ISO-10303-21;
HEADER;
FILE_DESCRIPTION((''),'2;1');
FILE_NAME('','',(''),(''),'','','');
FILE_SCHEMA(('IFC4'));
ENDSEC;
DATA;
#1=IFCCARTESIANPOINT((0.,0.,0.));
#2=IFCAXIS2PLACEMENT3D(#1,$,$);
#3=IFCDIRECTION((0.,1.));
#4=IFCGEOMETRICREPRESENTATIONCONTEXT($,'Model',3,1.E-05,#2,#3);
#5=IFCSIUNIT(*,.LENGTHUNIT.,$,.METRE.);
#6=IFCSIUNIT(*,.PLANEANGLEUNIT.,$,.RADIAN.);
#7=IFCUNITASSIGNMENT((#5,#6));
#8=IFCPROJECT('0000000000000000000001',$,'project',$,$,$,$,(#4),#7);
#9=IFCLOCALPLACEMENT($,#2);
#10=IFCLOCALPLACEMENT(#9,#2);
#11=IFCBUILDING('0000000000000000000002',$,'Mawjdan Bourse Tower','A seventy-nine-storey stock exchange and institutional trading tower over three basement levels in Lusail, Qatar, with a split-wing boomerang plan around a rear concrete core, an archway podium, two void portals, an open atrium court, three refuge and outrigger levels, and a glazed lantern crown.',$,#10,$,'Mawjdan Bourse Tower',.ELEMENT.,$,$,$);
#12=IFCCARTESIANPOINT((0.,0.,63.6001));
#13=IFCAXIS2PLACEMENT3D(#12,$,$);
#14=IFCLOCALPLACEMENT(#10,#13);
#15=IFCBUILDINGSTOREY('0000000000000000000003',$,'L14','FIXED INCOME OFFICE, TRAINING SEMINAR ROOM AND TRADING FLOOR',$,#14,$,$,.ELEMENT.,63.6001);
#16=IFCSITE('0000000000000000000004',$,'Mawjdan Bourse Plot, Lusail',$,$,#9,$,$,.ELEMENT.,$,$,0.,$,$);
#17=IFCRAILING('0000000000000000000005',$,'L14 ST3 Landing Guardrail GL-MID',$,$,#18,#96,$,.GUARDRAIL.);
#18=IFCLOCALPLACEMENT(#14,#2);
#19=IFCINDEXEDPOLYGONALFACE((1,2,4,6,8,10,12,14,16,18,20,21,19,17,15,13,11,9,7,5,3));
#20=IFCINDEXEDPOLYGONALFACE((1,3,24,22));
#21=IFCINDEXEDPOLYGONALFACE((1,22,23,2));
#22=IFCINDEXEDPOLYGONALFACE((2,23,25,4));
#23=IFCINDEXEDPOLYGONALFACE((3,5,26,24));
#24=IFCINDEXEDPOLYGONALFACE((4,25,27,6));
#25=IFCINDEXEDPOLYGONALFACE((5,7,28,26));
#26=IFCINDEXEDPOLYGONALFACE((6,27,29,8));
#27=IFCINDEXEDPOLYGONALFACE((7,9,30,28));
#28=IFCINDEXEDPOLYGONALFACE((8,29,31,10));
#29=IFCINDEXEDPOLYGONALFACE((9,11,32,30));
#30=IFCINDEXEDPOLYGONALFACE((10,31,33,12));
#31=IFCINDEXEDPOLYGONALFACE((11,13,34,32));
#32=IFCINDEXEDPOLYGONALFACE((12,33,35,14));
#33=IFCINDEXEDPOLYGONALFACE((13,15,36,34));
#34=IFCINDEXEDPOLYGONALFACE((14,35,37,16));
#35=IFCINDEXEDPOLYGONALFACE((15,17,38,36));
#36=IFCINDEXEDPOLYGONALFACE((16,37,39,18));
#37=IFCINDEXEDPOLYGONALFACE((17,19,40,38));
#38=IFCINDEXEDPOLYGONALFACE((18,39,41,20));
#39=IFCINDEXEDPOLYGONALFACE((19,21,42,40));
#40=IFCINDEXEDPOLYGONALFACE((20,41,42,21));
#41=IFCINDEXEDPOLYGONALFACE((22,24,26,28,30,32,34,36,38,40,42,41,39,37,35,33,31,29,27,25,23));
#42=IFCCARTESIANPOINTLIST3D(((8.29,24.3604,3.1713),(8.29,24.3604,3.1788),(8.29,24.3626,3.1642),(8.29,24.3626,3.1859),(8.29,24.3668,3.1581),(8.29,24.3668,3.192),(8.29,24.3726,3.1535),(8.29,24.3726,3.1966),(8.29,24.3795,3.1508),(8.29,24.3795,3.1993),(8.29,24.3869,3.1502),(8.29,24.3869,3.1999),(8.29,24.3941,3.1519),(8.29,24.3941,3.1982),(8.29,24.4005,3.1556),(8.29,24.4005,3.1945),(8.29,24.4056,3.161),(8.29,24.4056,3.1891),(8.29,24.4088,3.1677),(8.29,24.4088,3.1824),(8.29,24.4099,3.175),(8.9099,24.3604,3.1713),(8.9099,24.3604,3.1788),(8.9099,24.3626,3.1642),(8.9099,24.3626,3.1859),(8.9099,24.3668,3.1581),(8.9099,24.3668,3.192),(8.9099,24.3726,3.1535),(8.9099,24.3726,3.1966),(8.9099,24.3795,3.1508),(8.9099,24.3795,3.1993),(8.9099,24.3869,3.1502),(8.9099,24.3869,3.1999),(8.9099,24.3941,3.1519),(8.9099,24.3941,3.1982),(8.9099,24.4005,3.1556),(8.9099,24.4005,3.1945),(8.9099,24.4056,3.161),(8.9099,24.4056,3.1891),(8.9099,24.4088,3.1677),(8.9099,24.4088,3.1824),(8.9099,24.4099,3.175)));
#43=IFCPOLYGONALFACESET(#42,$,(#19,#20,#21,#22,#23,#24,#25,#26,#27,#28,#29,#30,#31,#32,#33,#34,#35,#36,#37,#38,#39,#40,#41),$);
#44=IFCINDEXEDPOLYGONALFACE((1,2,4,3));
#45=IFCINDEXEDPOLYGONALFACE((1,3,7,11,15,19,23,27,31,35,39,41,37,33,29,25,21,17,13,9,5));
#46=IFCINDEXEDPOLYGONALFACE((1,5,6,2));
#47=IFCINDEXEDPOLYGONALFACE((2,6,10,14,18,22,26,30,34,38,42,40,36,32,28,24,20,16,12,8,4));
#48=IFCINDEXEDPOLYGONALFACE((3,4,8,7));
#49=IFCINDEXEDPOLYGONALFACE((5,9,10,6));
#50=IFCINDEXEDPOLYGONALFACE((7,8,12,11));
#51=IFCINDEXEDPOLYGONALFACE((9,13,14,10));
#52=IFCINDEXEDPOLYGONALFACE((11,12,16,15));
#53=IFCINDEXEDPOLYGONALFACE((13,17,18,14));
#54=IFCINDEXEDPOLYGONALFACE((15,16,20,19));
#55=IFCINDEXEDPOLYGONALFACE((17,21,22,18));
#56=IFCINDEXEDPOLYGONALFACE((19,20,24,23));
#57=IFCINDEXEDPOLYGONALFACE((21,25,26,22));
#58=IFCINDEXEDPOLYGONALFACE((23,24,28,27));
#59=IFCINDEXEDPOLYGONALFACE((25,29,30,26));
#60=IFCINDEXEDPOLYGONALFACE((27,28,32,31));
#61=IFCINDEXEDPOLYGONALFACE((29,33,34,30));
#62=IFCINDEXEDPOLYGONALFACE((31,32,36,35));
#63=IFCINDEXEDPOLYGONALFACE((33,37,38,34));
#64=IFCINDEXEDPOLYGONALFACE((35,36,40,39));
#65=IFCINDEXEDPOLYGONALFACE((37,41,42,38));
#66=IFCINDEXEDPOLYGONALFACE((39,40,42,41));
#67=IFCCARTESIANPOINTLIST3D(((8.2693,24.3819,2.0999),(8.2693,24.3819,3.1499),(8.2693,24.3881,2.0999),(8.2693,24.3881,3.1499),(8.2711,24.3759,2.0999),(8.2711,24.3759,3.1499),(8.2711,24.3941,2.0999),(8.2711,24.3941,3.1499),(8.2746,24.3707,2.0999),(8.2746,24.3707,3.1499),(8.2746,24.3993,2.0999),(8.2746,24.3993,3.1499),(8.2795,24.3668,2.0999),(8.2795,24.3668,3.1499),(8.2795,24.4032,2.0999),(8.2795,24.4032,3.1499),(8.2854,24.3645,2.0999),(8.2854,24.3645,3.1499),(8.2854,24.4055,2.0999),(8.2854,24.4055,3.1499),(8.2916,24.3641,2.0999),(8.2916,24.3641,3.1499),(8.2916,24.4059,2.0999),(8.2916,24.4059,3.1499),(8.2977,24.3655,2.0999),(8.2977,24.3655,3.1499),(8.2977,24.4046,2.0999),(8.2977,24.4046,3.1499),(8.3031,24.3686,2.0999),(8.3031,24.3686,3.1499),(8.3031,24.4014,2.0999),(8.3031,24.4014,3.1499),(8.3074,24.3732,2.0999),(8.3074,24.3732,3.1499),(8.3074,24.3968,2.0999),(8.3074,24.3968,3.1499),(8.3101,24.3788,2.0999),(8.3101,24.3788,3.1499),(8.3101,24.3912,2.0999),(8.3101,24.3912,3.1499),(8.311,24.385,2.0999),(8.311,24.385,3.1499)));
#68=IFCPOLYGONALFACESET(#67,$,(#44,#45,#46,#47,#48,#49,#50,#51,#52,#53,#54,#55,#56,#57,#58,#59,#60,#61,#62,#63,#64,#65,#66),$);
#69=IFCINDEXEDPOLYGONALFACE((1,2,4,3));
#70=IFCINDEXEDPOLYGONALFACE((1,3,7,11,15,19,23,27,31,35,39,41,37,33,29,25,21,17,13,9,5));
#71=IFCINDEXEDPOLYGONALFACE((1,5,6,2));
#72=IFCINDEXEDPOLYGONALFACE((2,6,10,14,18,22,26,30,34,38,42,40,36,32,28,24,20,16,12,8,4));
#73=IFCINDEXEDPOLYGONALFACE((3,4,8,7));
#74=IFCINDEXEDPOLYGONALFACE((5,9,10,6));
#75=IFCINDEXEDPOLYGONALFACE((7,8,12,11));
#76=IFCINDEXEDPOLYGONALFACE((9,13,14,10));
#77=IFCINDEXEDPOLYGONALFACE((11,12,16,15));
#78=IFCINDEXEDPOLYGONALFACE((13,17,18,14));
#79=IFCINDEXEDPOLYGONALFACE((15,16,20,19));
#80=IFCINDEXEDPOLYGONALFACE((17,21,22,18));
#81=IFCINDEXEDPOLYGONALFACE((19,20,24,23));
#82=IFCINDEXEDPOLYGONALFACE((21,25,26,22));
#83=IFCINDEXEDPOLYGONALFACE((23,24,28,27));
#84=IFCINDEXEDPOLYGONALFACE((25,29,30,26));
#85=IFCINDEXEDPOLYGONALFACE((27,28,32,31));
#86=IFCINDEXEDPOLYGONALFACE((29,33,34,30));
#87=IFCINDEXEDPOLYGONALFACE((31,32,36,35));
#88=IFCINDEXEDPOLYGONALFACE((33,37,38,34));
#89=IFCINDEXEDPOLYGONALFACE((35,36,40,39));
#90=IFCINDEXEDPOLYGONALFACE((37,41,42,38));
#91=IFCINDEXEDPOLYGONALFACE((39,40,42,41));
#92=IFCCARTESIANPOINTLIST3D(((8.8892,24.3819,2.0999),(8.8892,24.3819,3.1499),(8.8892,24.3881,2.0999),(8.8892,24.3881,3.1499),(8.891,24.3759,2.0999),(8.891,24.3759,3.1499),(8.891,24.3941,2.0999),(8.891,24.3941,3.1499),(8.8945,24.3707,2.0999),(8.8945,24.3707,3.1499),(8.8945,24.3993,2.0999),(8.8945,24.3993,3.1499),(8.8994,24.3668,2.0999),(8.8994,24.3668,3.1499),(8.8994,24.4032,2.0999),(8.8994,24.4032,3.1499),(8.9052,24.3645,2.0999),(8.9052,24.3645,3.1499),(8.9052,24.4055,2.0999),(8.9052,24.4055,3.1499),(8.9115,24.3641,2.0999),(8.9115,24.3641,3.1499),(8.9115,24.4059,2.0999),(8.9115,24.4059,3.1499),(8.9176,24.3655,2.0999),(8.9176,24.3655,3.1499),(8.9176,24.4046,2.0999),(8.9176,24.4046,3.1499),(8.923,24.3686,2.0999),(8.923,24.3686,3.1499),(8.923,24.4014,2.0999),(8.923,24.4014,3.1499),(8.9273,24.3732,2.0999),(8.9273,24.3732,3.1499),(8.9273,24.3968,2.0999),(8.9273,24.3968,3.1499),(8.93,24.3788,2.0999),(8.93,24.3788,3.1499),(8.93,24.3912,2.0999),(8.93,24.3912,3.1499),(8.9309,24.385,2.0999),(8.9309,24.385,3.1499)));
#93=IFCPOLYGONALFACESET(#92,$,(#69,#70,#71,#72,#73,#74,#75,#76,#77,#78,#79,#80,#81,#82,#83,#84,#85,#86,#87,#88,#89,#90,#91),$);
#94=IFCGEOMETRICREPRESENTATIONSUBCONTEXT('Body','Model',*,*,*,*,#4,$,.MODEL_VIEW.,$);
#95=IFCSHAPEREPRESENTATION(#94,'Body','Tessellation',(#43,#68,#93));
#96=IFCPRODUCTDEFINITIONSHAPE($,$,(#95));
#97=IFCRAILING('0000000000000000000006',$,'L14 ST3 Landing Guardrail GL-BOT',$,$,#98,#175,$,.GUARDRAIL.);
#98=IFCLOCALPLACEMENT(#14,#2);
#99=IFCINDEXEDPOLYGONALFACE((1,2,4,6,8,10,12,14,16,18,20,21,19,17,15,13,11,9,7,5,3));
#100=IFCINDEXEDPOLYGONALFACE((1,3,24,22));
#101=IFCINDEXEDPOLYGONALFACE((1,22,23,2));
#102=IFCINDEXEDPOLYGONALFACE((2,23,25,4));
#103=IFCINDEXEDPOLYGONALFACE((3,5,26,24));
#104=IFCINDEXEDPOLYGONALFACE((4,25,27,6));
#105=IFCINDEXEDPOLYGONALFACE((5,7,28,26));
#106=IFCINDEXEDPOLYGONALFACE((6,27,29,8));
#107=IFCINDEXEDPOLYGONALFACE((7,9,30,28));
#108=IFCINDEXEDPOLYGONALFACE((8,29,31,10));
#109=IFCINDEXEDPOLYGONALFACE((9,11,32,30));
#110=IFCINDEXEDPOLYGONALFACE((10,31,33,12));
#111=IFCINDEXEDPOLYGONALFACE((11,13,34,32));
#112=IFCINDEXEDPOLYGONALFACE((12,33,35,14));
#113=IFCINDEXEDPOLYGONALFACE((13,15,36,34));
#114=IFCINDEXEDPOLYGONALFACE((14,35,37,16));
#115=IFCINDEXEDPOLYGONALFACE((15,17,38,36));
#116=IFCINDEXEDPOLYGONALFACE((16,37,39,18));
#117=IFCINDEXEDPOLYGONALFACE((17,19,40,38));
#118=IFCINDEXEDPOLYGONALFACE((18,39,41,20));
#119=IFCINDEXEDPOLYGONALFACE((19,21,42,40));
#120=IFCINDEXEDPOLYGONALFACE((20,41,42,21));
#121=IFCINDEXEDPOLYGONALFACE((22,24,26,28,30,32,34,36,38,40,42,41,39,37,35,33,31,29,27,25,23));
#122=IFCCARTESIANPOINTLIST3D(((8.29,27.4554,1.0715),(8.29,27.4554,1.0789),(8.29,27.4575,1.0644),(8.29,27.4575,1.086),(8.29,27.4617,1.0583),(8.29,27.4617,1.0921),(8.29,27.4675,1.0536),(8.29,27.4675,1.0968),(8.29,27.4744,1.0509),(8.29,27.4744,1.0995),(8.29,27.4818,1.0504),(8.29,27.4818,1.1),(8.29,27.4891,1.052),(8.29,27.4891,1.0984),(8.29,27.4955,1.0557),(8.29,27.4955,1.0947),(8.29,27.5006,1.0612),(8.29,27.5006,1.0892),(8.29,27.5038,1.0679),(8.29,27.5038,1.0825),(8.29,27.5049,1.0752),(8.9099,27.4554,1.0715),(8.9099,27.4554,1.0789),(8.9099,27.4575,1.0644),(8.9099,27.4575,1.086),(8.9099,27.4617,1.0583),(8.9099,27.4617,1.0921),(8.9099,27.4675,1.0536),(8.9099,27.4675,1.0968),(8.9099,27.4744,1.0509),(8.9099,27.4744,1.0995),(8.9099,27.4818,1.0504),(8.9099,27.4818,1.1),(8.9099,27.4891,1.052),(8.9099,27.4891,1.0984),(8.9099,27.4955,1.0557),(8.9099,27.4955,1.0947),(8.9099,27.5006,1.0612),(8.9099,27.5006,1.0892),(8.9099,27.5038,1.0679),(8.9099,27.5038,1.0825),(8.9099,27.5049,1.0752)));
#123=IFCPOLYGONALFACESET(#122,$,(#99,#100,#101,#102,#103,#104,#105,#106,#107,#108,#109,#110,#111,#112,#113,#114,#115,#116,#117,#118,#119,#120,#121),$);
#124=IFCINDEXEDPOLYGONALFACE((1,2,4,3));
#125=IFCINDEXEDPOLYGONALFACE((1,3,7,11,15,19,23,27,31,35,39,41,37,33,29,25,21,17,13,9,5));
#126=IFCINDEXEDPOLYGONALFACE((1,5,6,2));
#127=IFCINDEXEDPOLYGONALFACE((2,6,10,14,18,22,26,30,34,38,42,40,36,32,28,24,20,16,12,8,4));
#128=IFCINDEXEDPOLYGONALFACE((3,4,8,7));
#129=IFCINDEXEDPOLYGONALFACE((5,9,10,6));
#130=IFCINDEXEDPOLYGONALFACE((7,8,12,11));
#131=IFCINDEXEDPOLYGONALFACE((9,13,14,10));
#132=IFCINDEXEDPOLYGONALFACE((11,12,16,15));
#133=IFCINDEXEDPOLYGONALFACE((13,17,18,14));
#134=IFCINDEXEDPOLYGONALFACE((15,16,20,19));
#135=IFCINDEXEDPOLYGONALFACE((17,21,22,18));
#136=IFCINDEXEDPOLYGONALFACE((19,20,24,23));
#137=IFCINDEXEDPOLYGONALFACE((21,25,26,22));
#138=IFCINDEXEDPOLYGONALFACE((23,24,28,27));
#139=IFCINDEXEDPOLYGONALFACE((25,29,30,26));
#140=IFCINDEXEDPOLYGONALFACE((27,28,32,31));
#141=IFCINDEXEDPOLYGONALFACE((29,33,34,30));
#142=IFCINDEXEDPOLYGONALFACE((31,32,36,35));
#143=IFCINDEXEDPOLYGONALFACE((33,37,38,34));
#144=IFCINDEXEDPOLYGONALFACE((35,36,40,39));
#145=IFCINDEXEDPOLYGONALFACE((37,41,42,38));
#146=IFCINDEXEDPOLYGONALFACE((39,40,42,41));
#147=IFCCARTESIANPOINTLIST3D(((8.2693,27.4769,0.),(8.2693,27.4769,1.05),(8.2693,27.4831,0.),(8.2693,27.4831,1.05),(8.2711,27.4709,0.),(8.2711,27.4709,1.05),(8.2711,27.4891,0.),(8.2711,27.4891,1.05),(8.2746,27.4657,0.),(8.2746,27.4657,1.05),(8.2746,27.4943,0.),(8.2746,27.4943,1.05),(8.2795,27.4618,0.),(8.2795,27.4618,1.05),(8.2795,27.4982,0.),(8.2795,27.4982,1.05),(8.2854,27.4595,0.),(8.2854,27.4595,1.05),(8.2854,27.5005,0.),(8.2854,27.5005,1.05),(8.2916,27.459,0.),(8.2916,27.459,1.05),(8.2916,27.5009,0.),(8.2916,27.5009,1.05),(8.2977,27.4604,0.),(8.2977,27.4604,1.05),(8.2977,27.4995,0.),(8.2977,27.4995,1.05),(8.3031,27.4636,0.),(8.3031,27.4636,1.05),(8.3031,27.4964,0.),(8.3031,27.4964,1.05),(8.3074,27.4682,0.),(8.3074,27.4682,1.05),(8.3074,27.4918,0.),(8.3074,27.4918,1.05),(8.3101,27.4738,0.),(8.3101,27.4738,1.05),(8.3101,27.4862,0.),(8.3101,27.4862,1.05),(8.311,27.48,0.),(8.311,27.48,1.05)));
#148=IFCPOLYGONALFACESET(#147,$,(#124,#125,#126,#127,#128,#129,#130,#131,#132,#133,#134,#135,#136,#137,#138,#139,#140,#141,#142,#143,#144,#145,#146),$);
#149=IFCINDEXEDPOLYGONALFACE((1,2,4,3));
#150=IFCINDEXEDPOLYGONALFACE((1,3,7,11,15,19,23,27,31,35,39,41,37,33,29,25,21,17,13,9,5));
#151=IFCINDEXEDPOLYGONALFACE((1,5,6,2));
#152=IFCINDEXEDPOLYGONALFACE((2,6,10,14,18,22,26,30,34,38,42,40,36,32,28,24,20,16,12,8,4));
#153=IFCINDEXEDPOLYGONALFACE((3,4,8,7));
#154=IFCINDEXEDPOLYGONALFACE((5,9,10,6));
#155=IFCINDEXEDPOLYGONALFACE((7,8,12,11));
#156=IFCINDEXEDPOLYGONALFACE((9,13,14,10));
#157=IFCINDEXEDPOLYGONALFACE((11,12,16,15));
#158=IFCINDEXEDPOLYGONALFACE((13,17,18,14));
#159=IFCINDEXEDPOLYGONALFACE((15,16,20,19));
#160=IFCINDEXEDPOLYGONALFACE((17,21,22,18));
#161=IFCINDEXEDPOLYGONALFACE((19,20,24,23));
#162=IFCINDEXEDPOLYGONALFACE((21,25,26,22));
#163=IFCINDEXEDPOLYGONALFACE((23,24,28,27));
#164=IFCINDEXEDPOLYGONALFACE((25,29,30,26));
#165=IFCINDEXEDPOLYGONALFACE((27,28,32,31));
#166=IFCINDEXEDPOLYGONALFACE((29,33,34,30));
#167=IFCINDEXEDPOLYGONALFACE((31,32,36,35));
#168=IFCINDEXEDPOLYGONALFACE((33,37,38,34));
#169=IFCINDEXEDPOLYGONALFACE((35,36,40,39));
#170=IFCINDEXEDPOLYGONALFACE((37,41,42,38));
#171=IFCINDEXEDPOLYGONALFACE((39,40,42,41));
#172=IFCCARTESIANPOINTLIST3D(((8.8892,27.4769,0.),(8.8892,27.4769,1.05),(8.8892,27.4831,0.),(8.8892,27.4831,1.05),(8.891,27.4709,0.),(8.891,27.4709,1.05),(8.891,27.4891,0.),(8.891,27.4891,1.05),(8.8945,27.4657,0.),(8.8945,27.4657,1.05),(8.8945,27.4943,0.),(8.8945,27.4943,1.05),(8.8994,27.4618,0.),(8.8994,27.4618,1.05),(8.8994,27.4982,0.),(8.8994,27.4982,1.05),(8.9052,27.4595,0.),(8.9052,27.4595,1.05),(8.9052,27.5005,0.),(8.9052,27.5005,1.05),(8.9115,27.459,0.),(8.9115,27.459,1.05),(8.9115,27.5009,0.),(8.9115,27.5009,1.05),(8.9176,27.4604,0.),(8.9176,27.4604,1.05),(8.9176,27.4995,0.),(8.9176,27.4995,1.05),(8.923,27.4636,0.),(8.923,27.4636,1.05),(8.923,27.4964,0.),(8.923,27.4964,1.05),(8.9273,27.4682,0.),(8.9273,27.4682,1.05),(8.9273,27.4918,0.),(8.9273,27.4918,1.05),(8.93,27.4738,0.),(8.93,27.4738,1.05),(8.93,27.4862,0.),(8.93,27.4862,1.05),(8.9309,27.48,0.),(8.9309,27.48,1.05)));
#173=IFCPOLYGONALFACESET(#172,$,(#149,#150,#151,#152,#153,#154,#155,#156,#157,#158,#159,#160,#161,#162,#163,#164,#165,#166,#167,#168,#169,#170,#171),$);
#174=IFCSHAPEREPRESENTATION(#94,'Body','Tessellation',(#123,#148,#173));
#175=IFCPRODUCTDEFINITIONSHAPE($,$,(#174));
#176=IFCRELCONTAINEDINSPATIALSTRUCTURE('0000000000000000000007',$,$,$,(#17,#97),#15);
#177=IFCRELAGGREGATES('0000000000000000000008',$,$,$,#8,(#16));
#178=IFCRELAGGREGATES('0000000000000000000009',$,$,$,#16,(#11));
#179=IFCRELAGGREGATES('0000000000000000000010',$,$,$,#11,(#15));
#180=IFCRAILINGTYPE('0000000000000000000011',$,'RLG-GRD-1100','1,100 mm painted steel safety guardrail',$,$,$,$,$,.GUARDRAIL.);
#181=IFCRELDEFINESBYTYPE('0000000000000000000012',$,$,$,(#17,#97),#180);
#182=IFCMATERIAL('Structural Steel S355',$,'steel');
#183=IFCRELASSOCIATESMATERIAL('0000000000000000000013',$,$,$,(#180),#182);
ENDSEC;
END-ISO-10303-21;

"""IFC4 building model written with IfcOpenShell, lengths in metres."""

from ifc_helpers import new_model, si_unit, direction, frame, origin, origin_2d, place, context, subcontext, project, spatial, circle, extrude, material, type_object, element, save


model = new_model("IFC4")

# Units and contexts
model_context = context("Model", 3, precision=1e-05, world=origin(), true_north=direction((0.0, 1.0)))
body_context = subcontext(model_context, "Body", "Model", "MODEL_VIEW")
ifc_project = project(units=[si_unit("LENGTHUNIT", "METRE"), si_unit("PLANEANGLEUNIT", "RADIAN")], contexts=[model_context])

# Site, building, storey
site_placement = place(None, origin())
site = spatial("IfcSite", under=ifc_project, at=site_placement, Name="Mawjdan Bourse Plot, Lusail", CompositionType="ELEMENT", RefElevation=0.0)
building_placement = place(site_placement, origin())
building = spatial("IfcBuilding", under=site, at=building_placement, Name="Mawjdan Bourse Tower", Description="A seventy-nine-storey stock exchange and institutional trading tower over three basement levels in Lusail, Qatar, with a split-wing boomerang plan around a rear concrete core, an archway podium, two void portals, an open atrium court, three refuge and outrigger levels, and a glazed lantern crown.", LongName="Mawjdan Bourse Tower", CompositionType="ELEMENT")
storey_placement = place(building_placement, frame((0.0, 0.0, 63.6001)))
storey = spatial("IfcBuildingStorey", under=building, at=storey_placement, Name="L14", Description="FIXED INCOME OFFICE, TRAINING SEMINAR ROOM AND TRADING FLOOR", CompositionType="ELEMENT", Elevation=63.6001)

# Shared definitions
ifc_material_1 = material(Name="Structural Steel S355", Category="steel")

# Railings
railing_type_1 = type_object("IfcRailingType", Name="RLG-GRD-1100", Description="1,100 mm painted steel safety guardrail", PredefinedType="GUARDRAIL", material=ifc_material_1)
for number, where, name in (
    (1, (8.29, 24.385, 2.0999), "L14 ST3 Landing Guardrail GL-MID"),
    (2, (8.29, 27.48, 0.0), "L14 ST3 Landing Guardrail GL-BOT"),
):
    element("IfcRailing", number, at=place(storey_placement, frame(where)), inside=storey, type_object=railing_type_1, Name=name, PredefinedType="GUARDRAIL", context=body_context, shape_type="SweptSolid", body=[
        extrude(circle(Radius=0.0249, at=origin_2d()), frame((0.0, 0.0, 1.0752), z_axis=(1.0, 0.0, 0.0), x_axis=(0.0, 1.0, 0.0)), (0.0, 0.0, 1.0), 0.6199),
        extrude(circle(Radius=0.021, at=origin_2d()), origin(), (0.0, 0.0, 1.0), 1.05),
        extrude(circle(Radius=0.021, at=origin_2d()), frame((0.6199, 0.0, 0.0)), (0.0, 0.0, 1.0), 1.05),
    ])

save(model, "model.ifc")
